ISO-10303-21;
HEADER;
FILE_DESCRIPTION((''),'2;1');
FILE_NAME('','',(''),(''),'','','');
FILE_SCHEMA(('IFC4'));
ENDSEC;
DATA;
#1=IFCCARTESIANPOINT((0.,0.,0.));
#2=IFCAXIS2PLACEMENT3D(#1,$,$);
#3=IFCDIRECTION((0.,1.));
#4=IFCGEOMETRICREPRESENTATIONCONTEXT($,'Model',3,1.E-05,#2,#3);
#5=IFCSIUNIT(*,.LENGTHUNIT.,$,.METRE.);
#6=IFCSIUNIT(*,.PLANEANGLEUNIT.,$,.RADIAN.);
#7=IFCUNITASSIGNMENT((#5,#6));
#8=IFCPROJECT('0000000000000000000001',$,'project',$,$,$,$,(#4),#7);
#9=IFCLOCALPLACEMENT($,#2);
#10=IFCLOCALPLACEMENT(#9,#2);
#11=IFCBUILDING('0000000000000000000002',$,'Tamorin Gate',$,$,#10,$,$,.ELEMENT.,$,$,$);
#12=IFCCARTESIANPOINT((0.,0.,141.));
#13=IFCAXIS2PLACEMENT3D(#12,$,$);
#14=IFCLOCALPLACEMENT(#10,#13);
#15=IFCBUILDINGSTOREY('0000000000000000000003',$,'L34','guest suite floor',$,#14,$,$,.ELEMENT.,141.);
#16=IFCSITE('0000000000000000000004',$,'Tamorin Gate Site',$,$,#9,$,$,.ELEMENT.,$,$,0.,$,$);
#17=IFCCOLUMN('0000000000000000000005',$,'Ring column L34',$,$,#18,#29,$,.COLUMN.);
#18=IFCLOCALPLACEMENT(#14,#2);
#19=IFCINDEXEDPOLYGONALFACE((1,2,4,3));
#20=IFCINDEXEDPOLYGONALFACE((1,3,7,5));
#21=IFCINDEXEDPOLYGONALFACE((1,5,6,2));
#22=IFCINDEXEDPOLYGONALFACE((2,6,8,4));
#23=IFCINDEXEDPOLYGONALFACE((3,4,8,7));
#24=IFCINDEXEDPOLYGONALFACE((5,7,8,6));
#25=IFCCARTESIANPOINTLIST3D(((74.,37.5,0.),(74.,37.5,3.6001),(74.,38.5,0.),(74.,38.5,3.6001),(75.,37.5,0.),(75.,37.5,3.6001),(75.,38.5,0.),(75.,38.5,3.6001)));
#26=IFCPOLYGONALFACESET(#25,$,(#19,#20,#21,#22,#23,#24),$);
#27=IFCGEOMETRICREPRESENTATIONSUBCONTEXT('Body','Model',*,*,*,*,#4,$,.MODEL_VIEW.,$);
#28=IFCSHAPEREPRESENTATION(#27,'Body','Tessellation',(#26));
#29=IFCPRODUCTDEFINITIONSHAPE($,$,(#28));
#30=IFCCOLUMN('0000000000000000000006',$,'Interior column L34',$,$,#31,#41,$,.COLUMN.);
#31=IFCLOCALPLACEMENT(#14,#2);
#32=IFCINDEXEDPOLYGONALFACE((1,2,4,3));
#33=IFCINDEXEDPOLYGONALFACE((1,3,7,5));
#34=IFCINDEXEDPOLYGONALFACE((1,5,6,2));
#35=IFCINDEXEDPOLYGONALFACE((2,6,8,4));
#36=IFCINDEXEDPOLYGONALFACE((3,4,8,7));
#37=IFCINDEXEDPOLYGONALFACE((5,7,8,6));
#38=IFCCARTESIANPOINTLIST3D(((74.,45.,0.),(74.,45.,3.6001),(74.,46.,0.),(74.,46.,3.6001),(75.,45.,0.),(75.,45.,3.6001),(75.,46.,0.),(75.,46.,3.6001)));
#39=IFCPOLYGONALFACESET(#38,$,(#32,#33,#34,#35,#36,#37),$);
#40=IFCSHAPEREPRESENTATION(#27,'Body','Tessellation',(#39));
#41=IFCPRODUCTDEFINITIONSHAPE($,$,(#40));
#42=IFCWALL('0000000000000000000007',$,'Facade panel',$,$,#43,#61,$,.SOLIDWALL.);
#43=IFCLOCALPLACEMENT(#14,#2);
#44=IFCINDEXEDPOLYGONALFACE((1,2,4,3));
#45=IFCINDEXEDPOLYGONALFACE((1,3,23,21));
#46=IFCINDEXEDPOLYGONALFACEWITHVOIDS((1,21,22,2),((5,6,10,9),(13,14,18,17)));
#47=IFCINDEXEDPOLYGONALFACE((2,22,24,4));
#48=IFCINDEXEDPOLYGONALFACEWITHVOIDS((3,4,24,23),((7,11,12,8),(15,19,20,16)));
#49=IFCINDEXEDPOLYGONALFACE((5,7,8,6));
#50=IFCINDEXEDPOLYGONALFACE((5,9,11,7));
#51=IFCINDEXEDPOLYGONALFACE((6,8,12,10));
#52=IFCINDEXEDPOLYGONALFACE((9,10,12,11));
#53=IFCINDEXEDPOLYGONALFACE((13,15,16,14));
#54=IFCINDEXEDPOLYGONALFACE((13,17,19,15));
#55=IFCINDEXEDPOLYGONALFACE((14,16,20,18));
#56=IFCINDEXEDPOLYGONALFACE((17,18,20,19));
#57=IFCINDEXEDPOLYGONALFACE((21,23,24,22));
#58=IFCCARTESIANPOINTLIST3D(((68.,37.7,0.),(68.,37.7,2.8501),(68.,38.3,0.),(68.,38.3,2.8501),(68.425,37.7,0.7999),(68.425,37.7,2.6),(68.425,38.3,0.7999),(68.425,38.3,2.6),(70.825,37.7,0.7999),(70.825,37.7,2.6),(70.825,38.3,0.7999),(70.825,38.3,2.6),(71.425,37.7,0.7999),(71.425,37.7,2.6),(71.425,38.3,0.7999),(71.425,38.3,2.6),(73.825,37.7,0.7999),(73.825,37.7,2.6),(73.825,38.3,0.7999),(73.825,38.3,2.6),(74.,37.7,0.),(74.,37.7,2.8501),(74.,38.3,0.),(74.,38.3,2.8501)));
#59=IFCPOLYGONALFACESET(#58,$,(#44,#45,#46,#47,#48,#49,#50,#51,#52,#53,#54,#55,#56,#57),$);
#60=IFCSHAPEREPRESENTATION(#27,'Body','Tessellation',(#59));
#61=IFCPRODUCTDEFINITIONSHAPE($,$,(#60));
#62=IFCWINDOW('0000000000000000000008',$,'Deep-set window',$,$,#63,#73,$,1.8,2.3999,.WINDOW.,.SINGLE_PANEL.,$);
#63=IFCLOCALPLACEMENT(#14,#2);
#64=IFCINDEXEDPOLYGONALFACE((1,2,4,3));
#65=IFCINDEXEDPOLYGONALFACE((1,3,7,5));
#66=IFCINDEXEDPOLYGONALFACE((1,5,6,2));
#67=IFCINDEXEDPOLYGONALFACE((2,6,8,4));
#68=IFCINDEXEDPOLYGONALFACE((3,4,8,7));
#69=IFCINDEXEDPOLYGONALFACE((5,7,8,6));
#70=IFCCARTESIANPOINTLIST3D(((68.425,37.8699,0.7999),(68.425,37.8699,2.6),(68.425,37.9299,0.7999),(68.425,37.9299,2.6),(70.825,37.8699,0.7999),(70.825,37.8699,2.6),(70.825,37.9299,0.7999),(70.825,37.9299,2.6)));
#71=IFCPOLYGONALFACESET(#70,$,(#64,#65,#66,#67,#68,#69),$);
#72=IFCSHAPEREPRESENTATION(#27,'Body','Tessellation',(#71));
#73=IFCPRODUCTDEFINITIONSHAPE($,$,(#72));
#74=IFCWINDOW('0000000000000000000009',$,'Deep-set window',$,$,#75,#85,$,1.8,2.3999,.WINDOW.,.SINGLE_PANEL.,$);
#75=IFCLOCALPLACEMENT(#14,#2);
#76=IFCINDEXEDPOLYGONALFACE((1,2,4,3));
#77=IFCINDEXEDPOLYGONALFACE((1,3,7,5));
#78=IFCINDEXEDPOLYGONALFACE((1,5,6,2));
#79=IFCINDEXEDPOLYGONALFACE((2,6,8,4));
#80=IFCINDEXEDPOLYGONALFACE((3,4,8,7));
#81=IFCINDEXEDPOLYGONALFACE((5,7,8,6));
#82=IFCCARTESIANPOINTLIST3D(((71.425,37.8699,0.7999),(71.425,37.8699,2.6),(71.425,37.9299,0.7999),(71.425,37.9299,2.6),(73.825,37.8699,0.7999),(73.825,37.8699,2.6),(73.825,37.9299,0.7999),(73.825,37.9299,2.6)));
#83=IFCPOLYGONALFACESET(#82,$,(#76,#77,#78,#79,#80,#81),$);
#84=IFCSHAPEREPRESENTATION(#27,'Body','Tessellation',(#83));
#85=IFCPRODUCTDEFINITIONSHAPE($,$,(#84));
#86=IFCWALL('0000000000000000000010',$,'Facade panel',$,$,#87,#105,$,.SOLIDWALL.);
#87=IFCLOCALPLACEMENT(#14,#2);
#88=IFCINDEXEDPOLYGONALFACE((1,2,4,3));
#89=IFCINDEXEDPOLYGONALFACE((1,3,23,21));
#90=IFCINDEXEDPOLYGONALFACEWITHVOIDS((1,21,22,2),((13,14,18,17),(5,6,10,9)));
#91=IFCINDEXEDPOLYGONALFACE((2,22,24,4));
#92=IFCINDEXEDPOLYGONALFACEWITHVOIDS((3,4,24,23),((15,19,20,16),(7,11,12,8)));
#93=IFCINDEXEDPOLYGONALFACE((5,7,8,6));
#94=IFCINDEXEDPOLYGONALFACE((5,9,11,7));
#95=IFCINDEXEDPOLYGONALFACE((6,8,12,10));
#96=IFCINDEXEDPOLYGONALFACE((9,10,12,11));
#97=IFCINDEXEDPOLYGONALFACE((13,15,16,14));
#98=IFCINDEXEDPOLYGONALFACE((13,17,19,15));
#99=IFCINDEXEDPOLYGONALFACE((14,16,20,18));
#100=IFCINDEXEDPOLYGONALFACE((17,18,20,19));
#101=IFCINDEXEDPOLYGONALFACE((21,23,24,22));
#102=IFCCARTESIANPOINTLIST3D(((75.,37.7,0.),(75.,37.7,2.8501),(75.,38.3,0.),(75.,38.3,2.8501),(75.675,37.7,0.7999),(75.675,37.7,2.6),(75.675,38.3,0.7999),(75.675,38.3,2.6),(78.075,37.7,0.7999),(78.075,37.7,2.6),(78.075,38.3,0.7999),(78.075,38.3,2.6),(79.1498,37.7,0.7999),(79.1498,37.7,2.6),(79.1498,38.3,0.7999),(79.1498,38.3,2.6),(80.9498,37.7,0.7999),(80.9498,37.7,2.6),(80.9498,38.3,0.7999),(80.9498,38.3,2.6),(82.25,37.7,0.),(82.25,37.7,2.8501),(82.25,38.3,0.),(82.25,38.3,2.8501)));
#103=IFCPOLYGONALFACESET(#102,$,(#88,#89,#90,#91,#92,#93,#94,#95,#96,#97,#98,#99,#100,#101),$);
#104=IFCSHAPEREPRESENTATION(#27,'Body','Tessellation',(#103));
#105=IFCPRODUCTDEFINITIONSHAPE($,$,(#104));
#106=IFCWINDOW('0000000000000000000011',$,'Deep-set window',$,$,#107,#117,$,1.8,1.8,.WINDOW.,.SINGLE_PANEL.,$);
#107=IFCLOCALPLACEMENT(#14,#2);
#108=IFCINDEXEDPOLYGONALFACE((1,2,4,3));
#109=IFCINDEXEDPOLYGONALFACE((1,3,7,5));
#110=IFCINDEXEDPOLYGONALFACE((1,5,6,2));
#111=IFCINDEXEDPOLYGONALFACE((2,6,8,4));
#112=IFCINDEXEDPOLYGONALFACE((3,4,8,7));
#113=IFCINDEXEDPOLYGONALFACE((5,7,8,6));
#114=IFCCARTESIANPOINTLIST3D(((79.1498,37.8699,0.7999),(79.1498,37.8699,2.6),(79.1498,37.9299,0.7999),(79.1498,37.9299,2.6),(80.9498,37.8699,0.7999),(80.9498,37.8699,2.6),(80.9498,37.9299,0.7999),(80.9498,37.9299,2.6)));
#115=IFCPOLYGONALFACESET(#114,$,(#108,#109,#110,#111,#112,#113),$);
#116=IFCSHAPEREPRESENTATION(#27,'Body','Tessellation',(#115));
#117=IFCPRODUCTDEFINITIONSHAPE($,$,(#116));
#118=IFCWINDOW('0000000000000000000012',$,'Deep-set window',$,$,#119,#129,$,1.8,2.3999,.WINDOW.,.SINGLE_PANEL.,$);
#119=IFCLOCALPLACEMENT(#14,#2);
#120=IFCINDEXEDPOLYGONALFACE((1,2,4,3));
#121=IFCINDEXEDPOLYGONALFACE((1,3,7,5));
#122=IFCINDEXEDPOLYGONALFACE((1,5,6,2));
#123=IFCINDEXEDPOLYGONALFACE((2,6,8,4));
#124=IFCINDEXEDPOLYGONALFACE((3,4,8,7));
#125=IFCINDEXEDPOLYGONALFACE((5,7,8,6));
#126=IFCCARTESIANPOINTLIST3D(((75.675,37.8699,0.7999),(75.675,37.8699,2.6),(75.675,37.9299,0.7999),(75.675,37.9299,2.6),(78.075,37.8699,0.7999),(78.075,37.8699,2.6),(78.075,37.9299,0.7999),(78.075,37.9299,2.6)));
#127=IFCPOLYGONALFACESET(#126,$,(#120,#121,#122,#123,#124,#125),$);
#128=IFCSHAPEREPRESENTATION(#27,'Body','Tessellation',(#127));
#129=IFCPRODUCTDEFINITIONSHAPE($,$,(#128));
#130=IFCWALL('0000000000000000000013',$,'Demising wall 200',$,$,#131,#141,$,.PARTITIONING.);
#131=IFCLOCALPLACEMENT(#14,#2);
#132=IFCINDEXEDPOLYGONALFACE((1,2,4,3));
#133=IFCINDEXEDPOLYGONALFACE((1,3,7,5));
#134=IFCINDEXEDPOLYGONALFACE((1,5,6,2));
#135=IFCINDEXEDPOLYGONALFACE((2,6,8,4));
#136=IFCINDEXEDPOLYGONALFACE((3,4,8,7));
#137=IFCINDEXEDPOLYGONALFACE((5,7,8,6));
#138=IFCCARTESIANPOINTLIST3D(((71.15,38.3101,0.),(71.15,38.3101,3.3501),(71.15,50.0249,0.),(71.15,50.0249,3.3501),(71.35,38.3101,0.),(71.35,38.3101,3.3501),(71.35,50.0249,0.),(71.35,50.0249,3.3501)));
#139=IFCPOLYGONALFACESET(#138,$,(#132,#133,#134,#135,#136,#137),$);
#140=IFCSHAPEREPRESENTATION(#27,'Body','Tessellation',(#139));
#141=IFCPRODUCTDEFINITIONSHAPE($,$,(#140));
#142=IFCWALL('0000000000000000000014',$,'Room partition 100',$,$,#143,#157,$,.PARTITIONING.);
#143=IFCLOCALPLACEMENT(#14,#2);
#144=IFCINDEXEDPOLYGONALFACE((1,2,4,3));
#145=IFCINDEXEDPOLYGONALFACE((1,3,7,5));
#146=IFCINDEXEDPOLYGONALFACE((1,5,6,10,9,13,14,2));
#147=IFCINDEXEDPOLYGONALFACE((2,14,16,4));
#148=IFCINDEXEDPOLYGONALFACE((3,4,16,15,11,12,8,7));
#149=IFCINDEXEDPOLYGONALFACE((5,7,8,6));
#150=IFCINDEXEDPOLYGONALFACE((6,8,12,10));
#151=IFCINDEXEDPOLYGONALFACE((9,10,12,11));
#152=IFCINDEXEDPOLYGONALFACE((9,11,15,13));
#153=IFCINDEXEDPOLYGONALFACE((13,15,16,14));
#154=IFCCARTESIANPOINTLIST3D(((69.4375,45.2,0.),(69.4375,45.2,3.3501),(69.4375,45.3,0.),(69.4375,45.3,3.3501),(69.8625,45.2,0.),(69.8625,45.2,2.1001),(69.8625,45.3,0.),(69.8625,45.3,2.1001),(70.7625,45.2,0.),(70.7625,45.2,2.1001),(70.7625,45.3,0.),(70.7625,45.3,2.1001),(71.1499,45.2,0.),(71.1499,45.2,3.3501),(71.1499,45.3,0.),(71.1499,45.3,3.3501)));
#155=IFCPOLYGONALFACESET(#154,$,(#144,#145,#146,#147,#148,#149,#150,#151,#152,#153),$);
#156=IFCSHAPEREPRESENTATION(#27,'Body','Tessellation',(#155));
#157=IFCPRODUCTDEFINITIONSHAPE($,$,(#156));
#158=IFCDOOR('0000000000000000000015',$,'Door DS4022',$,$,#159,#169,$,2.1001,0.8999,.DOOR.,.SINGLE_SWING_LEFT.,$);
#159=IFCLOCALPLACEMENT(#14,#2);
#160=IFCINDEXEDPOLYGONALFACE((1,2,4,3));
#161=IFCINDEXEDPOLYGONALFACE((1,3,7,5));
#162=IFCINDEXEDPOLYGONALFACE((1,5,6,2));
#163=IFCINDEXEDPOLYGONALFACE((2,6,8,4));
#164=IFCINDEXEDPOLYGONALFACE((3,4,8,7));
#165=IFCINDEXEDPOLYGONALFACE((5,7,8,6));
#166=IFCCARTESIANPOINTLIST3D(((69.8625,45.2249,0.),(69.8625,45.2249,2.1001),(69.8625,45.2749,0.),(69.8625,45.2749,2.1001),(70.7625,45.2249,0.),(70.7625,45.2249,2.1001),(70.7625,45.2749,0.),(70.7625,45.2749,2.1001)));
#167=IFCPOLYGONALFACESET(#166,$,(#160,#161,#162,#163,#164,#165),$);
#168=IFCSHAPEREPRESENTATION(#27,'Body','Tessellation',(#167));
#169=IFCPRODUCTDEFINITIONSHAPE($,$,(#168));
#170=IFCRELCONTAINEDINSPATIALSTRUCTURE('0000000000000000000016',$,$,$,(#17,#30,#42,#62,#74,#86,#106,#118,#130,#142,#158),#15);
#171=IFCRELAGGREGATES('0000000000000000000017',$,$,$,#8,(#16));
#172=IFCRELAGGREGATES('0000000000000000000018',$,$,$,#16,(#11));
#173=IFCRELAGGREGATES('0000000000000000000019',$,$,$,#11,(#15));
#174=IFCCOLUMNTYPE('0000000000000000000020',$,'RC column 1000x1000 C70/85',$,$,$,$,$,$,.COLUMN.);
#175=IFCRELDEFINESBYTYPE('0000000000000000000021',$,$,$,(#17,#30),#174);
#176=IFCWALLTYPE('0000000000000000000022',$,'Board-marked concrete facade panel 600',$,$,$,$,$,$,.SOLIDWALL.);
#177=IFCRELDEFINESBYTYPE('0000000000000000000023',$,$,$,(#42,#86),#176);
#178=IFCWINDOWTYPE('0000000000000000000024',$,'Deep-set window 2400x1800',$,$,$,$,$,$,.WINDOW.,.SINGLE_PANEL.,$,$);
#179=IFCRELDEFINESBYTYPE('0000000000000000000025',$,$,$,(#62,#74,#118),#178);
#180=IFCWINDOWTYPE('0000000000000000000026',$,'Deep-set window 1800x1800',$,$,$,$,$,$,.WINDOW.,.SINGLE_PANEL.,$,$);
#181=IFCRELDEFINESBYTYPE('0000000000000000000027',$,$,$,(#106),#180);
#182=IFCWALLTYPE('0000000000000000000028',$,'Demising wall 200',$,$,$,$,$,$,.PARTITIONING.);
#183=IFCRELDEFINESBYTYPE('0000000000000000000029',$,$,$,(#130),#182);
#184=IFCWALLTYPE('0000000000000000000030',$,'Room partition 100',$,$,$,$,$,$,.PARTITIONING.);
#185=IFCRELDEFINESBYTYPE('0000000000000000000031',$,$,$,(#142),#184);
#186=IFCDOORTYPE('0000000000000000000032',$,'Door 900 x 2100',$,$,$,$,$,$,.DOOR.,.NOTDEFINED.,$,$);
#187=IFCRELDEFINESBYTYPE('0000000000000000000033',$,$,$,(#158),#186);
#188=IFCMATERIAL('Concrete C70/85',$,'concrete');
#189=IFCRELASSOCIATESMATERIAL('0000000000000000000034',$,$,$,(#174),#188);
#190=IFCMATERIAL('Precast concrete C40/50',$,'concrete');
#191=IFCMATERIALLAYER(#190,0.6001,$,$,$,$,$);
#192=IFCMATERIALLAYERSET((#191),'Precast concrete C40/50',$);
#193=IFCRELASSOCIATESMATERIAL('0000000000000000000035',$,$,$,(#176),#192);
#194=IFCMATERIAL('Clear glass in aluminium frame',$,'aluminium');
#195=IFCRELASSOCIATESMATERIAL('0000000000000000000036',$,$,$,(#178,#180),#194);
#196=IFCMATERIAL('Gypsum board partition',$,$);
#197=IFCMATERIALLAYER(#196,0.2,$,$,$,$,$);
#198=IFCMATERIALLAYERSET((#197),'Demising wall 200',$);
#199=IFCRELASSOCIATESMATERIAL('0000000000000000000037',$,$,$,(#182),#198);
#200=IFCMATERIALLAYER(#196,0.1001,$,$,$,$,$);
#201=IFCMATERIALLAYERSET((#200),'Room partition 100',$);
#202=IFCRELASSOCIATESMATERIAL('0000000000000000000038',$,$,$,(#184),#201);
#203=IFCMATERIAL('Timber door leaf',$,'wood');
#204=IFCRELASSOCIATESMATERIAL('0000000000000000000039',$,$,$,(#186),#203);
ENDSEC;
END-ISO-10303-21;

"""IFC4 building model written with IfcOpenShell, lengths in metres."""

from ifc_helpers import new_model, si_unit, direction, frame, frame_2d, origin, origin_2d, place, context, subcontext, project, spatial, rectangle, extrude, material, layer, layer_set, material_profile, profile_set, type_object, element, fill, save


model = new_model("IFC4")

# Units and contexts
model_context = context("Model", 3, precision=1e-05, world=origin(), true_north=direction((0.0, 1.0)))
body_context = subcontext(model_context, "Body", "Model", "MODEL_VIEW")
ifc_project = project(units=[si_unit("LENGTHUNIT", "METRE"), si_unit("PLANEANGLEUNIT", "RADIAN")], contexts=[model_context])

# Site, building, storey
site_placement = place(None, origin())
site = spatial("IfcSite", under=ifc_project, at=site_placement, Name="Tamorin Gate Site", CompositionType="ELEMENT", RefElevation=0.0)
building_placement = place(site_placement, origin())
building = spatial("IfcBuilding", under=site, at=building_placement, Name="Tamorin Gate", CompositionType="ELEMENT")
storey_placement = place(building_placement, frame((0.0, 0.0, 141.0)))
storey = spatial("IfcBuildingStorey", under=building, at=storey_placement, Name="L34", Description="guest suite floor", CompositionType="ELEMENT", Elevation=141.0)

# Columns
ifc_material_1 = material(Name="Concrete C70/85", Category="concrete")
ifc_material_profile = material_profile(ifc_material_1, rectangle(XDim=1.0, YDim=1.0, at=origin_2d()), Name="RC 1000x1000")
ifc_profile_set = profile_set([ifc_material_profile], Name="Concrete C70/85")
column_type = type_object("IfcColumnType", Name="RC column 1000x1000 C70/85", PredefinedType="COLUMN", material=ifc_profile_set)
for number, where, z_axis, x_axis, name in (
    (1, (74.5, 38.0, 0.0), (0.0, 0.0, 1.0), (1.0, 0.0, 0.0), "Ring column L34"),
    (2, (74.5, 45.5, 0.0), (0.0, 0.0, 1.0), (1.0, 0.0, 0.0), "Interior column L34"),
):
    element("IfcColumn", number, at=place(storey_placement, frame(where, z_axis=z_axis, x_axis=x_axis)), inside=storey, type_object=column_type, Name=name, PredefinedType="COLUMN", context=body_context, shape_type="SweptSolid", body=[
        extrude(rectangle(XDim=1.0, YDim=1.0, at=origin_2d()), origin(), (0.0, 0.0, 1.0), 3.6001),
    ])

# Walls, openings, windows
ifc_material_2 = material(Name="Precast concrete C40/50", Category="concrete")
ifc_layer_1 = layer(ifc_material_2, 0.6001)
ifc_layer_set_1 = layer_set([ifc_layer_1], Name="Precast concrete C40/50")
wall_type_1 = type_object("IfcWallType", Name="Board-marked concrete facade panel 600", PredefinedType="SOLIDWALL", material=ifc_layer_set_1)
wall_1_placement = place(storey_placement, frame((68.0, 38.0, 0.0), z_axis=(0.0, 0.0, 1.0), x_axis=(1.0, 0.0, 0.0)))
wall_1 = element("IfcWall", 3, at=wall_1_placement, inside=storey, type_object=wall_type_1, Name="Facade panel", PredefinedType="SOLIDWALL", context=body_context, shape_type="SweptSolid", body=[
    extrude(rectangle(XDim=6.0, YDim=0.6001, at=frame_2d((3.0, 0.0))), origin(), (0.0, 0.0, 1.0), 2.8501),
])
opening_1_placement = place(wall_1_placement, frame((0.425, 0.0, 0.8)))
opening_1 = element("IfcOpeningElement", 4, at=opening_1_placement, cuts=wall_1, PredefinedType="OPENING", context=body_context, shape_type="SweptSolid", body=[
    extrude(rectangle(XDim=2.3999, YDim=1.8, at=frame_2d((1.2, 0.8999))), frame((0.0, 0.3101, 0.0), z_axis=(0.0, -1.0, 0.0), x_axis=(1.0, 0.0, 0.0)), (0.0, 0.0, 1.0), 0.6201),
])
opening_2_placement = place(wall_1_placement, frame((3.425, 0.0, 0.8)))
opening_2 = element("IfcOpeningElement", 5, at=opening_2_placement, cuts=wall_1, PredefinedType="OPENING", context=body_context, shape_type="SweptSolid", body=[
    extrude(rectangle(XDim=2.3999, YDim=1.8, at=frame_2d((1.2, 0.8999))), frame((0.0, 0.3101, 0.0), z_axis=(0.0, -1.0, 0.0), x_axis=(1.0, 0.0, 0.0)), (0.0, 0.0, 1.0), 0.6201),
])
ifc_material_3 = material(Name="Clear glass in aluminium frame", Category="aluminium")
window_type_1 = type_object("IfcWindowType", Name="Deep-set window 2400x1800", PartitioningType="SINGLE_PANEL", PredefinedType="WINDOW", material=ifc_material_3)
window_1_placement = place(opening_1_placement, origin())
window_1 = element("IfcWindow", 6, at=window_1_placement, inside=storey, type_object=window_type_1, Name="Deep-set window", OverallHeight=1.8, OverallWidth=2.3999, PartitioningType="SINGLE_PANEL", PredefinedType="WINDOW", context=body_context, shape_type="SweptSolid", body=[
    extrude(rectangle(XDim=2.3999, YDim=1.8, at=frame_2d((1.2, 0.8999))), frame((0.0, -0.0701, 0.0), z_axis=(0.0, -1.0, 0.0), x_axis=(1.0, 0.0, 0.0)), (0.0, 0.0, 1.0), 0.0601),
])
fill(opening_1, window_1)
window_2_placement = place(opening_2_placement, origin())
window_2 = element("IfcWindow", 7, at=window_2_placement, inside=storey, type_object=window_type_1, Name="Deep-set window", OverallHeight=1.8, OverallWidth=2.3999, PartitioningType="SINGLE_PANEL", PredefinedType="WINDOW", context=body_context, shape_type="SweptSolid", body=[
    extrude(rectangle(XDim=2.3999, YDim=1.8, at=frame_2d((1.2, 0.8999))), frame((0.0, -0.0701, 0.0), z_axis=(0.0, -1.0, 0.0), x_axis=(1.0, 0.0, 0.0)), (0.0, 0.0, 1.0), 0.0601),
])
fill(opening_2, window_2)
wall_2_placement = place(storey_placement, frame((75.0, 38.0, 0.0), z_axis=(0.0, 0.0, 1.0), x_axis=(1.0, 0.0, 0.0)))
wall_2 = element("IfcWall", 8, at=wall_2_placement, inside=storey, type_object=wall_type_1, Name="Facade panel", PredefinedType="SOLIDWALL", context=body_context, shape_type="SweptSolid", body=[
    extrude(rectangle(XDim=7.25, YDim=0.6001, at=frame_2d((3.625, 0.0))), origin(), (0.0, 0.0, 1.0), 2.8501),
])
opening_3_placement = place(wall_2_placement, frame((0.675, 0.0, 0.8)))
opening_3 = element("IfcOpeningElement", 9, at=opening_3_placement, cuts=wall_2, PredefinedType="OPENING", context=body_context, shape_type="SweptSolid", body=[
    extrude(rectangle(XDim=2.3999, YDim=1.8, at=frame_2d((1.2, 0.8999))), frame((0.0, 0.3101, 0.0), z_axis=(0.0, -1.0, 0.0), x_axis=(1.0, 0.0, 0.0)), (0.0, 0.0, 1.0), 0.6201),
])
opening_4_placement = place(wall_2_placement, frame((4.1499, 0.0, 0.8)))
opening_4 = element("IfcOpeningElement", 10, at=opening_4_placement, cuts=wall_2, PredefinedType="OPENING", context=body_context, shape_type="SweptSolid", body=[
    extrude(rectangle(XDim=1.8, YDim=1.8, at=frame_2d((0.8999, 0.8999))), frame((0.0, 0.3101, 0.0), z_axis=(0.0, -1.0, 0.0), x_axis=(1.0, 0.0, 0.0)), (0.0, 0.0, 1.0), 0.6201),
])
window_type_2 = type_object("IfcWindowType", Name="Deep-set window 1800x1800", PartitioningType="SINGLE_PANEL", PredefinedType="WINDOW", material=ifc_material_3)
window_3_placement = place(opening_4_placement, origin())
window_3 = element("IfcWindow", 11, at=window_3_placement, inside=storey, type_object=window_type_2, Name="Deep-set window", OverallHeight=1.8, OverallWidth=1.8, PartitioningType="SINGLE_PANEL", PredefinedType="WINDOW", context=body_context, shape_type="SweptSolid", body=[
    extrude(rectangle(XDim=1.8, YDim=1.8, at=frame_2d((0.8999, 0.8999))), frame((0.0, -0.0701, 0.0), z_axis=(0.0, -1.0, 0.0), x_axis=(1.0, 0.0, 0.0)), (0.0, 0.0, 1.0), 0.0601),
])
fill(opening_4, window_3)
window_4_placement = place(opening_3_placement, origin())
window_4 = element("IfcWindow", 12, at=window_4_placement, inside=storey, type_object=window_type_1, Name="Deep-set window", OverallHeight=1.8, OverallWidth=2.3999, PartitioningType="SINGLE_PANEL", PredefinedType="WINDOW", context=body_context, shape_type="SweptSolid", body=[
    extrude(rectangle(XDim=2.3999, YDim=1.8, at=frame_2d((1.2, 0.8999))), frame((0.0, -0.0701, 0.0), z_axis=(0.0, -1.0, 0.0), x_axis=(1.0, 0.0, 0.0)), (0.0, 0.0, 1.0), 0.0601),
])
fill(opening_3, window_4)

# Wall
ifc_material_4 = material(Name="Gypsum board partition")
ifc_layer_2 = layer(ifc_material_4, 0.2)
ifc_layer_set_2 = layer_set([ifc_layer_2], Name="Demising wall 200")
wall_type_2 = type_object("IfcWallType", Name="Demising wall 200", PredefinedType="PARTITIONING", material=ifc_layer_set_2)
wall_3_placement = place(storey_placement, frame((71.25, 38.3101, 0.0), z_axis=(0.0, 0.0, 1.0), x_axis=(0.0, 1.0, 0.0)))
element("IfcWall", 13, at=wall_3_placement, inside=storey, type_object=wall_type_2, Name="Demising wall 200", PredefinedType="PARTITIONING", context=body_context, shape_type="SweptSolid", body=[
    extrude(rectangle(XDim=11.7148, YDim=0.2, at=frame_2d((5.8574, 0.0))), origin(), (0.0, 0.0, 1.0), 3.3501),
])

# Wall, opening, door
ifc_layer_3 = layer(ifc_material_4, 0.1001)
ifc_layer_set_3 = layer_set([ifc_layer_3], Name="Room partition 100")
wall_type_3 = type_object("IfcWallType", Name="Room partition 100", PredefinedType="PARTITIONING", material=ifc_layer_set_3)
wall_4_placement = place(storey_placement, frame((69.4375, 45.25, 0.0), z_axis=(0.0, 0.0, 1.0), x_axis=(1.0, 0.0, 0.0)))
wall_4 = element("IfcWall", 14, at=wall_4_placement, inside=storey, type_object=wall_type_3, Name="Room partition 100", PredefinedType="PARTITIONING", context=body_context, shape_type="SweptSolid", body=[
    extrude(rectangle(XDim=1.7124, YDim=0.1001, at=frame_2d((0.8562, 0.0))), origin(), (0.0, 0.0, 1.0), 3.3501),
])
opening_5_placement = place(wall_4_placement, frame((0.425, 0.0, 0.0)))
opening_5 = element("IfcOpeningElement", 15, at=opening_5_placement, cuts=wall_4, PredefinedType="OPENING", context=body_context, shape_type="SweptSolid", body=[
    extrude(rectangle(XDim=0.8999, YDim=2.1001, at=frame_2d((0.45, 1.05))), frame((0.0, 0.0601, 0.0), z_axis=(0.0, -1.0, 0.0), x_axis=(1.0, 0.0, 0.0)), (0.0, 0.0, 1.0), 0.1201),
])
ifc_material_5 = material(Name="Timber door leaf", Category="wood")
door_type = type_object("IfcDoorType", Name="Door 900 x 2100", OperationType="NOTDEFINED", PredefinedType="DOOR", material=ifc_material_5)
door_1_placement = place(opening_5_placement, origin())
door_1 = element("IfcDoor", 16, at=door_1_placement, inside=storey, type_object=door_type, Name="Door DS4022", OperationType="SINGLE_SWING_LEFT", OverallHeight=2.1001, OverallWidth=0.8999, PredefinedType="DOOR", context=body_context, shape_type="SweptSolid", body=[
    extrude(rectangle(XDim=0.8999, YDim=2.1001, at=frame_2d((0.45, 1.05))), frame((0.0, 0.0249, 0.0), z_axis=(0.0, -1.0, 0.0), x_axis=(1.0, 0.0, 0.0)), (0.0, 0.0, 1.0), 0.05),
])
fill(opening_5, door_1)

save(model, "model.ifc")
